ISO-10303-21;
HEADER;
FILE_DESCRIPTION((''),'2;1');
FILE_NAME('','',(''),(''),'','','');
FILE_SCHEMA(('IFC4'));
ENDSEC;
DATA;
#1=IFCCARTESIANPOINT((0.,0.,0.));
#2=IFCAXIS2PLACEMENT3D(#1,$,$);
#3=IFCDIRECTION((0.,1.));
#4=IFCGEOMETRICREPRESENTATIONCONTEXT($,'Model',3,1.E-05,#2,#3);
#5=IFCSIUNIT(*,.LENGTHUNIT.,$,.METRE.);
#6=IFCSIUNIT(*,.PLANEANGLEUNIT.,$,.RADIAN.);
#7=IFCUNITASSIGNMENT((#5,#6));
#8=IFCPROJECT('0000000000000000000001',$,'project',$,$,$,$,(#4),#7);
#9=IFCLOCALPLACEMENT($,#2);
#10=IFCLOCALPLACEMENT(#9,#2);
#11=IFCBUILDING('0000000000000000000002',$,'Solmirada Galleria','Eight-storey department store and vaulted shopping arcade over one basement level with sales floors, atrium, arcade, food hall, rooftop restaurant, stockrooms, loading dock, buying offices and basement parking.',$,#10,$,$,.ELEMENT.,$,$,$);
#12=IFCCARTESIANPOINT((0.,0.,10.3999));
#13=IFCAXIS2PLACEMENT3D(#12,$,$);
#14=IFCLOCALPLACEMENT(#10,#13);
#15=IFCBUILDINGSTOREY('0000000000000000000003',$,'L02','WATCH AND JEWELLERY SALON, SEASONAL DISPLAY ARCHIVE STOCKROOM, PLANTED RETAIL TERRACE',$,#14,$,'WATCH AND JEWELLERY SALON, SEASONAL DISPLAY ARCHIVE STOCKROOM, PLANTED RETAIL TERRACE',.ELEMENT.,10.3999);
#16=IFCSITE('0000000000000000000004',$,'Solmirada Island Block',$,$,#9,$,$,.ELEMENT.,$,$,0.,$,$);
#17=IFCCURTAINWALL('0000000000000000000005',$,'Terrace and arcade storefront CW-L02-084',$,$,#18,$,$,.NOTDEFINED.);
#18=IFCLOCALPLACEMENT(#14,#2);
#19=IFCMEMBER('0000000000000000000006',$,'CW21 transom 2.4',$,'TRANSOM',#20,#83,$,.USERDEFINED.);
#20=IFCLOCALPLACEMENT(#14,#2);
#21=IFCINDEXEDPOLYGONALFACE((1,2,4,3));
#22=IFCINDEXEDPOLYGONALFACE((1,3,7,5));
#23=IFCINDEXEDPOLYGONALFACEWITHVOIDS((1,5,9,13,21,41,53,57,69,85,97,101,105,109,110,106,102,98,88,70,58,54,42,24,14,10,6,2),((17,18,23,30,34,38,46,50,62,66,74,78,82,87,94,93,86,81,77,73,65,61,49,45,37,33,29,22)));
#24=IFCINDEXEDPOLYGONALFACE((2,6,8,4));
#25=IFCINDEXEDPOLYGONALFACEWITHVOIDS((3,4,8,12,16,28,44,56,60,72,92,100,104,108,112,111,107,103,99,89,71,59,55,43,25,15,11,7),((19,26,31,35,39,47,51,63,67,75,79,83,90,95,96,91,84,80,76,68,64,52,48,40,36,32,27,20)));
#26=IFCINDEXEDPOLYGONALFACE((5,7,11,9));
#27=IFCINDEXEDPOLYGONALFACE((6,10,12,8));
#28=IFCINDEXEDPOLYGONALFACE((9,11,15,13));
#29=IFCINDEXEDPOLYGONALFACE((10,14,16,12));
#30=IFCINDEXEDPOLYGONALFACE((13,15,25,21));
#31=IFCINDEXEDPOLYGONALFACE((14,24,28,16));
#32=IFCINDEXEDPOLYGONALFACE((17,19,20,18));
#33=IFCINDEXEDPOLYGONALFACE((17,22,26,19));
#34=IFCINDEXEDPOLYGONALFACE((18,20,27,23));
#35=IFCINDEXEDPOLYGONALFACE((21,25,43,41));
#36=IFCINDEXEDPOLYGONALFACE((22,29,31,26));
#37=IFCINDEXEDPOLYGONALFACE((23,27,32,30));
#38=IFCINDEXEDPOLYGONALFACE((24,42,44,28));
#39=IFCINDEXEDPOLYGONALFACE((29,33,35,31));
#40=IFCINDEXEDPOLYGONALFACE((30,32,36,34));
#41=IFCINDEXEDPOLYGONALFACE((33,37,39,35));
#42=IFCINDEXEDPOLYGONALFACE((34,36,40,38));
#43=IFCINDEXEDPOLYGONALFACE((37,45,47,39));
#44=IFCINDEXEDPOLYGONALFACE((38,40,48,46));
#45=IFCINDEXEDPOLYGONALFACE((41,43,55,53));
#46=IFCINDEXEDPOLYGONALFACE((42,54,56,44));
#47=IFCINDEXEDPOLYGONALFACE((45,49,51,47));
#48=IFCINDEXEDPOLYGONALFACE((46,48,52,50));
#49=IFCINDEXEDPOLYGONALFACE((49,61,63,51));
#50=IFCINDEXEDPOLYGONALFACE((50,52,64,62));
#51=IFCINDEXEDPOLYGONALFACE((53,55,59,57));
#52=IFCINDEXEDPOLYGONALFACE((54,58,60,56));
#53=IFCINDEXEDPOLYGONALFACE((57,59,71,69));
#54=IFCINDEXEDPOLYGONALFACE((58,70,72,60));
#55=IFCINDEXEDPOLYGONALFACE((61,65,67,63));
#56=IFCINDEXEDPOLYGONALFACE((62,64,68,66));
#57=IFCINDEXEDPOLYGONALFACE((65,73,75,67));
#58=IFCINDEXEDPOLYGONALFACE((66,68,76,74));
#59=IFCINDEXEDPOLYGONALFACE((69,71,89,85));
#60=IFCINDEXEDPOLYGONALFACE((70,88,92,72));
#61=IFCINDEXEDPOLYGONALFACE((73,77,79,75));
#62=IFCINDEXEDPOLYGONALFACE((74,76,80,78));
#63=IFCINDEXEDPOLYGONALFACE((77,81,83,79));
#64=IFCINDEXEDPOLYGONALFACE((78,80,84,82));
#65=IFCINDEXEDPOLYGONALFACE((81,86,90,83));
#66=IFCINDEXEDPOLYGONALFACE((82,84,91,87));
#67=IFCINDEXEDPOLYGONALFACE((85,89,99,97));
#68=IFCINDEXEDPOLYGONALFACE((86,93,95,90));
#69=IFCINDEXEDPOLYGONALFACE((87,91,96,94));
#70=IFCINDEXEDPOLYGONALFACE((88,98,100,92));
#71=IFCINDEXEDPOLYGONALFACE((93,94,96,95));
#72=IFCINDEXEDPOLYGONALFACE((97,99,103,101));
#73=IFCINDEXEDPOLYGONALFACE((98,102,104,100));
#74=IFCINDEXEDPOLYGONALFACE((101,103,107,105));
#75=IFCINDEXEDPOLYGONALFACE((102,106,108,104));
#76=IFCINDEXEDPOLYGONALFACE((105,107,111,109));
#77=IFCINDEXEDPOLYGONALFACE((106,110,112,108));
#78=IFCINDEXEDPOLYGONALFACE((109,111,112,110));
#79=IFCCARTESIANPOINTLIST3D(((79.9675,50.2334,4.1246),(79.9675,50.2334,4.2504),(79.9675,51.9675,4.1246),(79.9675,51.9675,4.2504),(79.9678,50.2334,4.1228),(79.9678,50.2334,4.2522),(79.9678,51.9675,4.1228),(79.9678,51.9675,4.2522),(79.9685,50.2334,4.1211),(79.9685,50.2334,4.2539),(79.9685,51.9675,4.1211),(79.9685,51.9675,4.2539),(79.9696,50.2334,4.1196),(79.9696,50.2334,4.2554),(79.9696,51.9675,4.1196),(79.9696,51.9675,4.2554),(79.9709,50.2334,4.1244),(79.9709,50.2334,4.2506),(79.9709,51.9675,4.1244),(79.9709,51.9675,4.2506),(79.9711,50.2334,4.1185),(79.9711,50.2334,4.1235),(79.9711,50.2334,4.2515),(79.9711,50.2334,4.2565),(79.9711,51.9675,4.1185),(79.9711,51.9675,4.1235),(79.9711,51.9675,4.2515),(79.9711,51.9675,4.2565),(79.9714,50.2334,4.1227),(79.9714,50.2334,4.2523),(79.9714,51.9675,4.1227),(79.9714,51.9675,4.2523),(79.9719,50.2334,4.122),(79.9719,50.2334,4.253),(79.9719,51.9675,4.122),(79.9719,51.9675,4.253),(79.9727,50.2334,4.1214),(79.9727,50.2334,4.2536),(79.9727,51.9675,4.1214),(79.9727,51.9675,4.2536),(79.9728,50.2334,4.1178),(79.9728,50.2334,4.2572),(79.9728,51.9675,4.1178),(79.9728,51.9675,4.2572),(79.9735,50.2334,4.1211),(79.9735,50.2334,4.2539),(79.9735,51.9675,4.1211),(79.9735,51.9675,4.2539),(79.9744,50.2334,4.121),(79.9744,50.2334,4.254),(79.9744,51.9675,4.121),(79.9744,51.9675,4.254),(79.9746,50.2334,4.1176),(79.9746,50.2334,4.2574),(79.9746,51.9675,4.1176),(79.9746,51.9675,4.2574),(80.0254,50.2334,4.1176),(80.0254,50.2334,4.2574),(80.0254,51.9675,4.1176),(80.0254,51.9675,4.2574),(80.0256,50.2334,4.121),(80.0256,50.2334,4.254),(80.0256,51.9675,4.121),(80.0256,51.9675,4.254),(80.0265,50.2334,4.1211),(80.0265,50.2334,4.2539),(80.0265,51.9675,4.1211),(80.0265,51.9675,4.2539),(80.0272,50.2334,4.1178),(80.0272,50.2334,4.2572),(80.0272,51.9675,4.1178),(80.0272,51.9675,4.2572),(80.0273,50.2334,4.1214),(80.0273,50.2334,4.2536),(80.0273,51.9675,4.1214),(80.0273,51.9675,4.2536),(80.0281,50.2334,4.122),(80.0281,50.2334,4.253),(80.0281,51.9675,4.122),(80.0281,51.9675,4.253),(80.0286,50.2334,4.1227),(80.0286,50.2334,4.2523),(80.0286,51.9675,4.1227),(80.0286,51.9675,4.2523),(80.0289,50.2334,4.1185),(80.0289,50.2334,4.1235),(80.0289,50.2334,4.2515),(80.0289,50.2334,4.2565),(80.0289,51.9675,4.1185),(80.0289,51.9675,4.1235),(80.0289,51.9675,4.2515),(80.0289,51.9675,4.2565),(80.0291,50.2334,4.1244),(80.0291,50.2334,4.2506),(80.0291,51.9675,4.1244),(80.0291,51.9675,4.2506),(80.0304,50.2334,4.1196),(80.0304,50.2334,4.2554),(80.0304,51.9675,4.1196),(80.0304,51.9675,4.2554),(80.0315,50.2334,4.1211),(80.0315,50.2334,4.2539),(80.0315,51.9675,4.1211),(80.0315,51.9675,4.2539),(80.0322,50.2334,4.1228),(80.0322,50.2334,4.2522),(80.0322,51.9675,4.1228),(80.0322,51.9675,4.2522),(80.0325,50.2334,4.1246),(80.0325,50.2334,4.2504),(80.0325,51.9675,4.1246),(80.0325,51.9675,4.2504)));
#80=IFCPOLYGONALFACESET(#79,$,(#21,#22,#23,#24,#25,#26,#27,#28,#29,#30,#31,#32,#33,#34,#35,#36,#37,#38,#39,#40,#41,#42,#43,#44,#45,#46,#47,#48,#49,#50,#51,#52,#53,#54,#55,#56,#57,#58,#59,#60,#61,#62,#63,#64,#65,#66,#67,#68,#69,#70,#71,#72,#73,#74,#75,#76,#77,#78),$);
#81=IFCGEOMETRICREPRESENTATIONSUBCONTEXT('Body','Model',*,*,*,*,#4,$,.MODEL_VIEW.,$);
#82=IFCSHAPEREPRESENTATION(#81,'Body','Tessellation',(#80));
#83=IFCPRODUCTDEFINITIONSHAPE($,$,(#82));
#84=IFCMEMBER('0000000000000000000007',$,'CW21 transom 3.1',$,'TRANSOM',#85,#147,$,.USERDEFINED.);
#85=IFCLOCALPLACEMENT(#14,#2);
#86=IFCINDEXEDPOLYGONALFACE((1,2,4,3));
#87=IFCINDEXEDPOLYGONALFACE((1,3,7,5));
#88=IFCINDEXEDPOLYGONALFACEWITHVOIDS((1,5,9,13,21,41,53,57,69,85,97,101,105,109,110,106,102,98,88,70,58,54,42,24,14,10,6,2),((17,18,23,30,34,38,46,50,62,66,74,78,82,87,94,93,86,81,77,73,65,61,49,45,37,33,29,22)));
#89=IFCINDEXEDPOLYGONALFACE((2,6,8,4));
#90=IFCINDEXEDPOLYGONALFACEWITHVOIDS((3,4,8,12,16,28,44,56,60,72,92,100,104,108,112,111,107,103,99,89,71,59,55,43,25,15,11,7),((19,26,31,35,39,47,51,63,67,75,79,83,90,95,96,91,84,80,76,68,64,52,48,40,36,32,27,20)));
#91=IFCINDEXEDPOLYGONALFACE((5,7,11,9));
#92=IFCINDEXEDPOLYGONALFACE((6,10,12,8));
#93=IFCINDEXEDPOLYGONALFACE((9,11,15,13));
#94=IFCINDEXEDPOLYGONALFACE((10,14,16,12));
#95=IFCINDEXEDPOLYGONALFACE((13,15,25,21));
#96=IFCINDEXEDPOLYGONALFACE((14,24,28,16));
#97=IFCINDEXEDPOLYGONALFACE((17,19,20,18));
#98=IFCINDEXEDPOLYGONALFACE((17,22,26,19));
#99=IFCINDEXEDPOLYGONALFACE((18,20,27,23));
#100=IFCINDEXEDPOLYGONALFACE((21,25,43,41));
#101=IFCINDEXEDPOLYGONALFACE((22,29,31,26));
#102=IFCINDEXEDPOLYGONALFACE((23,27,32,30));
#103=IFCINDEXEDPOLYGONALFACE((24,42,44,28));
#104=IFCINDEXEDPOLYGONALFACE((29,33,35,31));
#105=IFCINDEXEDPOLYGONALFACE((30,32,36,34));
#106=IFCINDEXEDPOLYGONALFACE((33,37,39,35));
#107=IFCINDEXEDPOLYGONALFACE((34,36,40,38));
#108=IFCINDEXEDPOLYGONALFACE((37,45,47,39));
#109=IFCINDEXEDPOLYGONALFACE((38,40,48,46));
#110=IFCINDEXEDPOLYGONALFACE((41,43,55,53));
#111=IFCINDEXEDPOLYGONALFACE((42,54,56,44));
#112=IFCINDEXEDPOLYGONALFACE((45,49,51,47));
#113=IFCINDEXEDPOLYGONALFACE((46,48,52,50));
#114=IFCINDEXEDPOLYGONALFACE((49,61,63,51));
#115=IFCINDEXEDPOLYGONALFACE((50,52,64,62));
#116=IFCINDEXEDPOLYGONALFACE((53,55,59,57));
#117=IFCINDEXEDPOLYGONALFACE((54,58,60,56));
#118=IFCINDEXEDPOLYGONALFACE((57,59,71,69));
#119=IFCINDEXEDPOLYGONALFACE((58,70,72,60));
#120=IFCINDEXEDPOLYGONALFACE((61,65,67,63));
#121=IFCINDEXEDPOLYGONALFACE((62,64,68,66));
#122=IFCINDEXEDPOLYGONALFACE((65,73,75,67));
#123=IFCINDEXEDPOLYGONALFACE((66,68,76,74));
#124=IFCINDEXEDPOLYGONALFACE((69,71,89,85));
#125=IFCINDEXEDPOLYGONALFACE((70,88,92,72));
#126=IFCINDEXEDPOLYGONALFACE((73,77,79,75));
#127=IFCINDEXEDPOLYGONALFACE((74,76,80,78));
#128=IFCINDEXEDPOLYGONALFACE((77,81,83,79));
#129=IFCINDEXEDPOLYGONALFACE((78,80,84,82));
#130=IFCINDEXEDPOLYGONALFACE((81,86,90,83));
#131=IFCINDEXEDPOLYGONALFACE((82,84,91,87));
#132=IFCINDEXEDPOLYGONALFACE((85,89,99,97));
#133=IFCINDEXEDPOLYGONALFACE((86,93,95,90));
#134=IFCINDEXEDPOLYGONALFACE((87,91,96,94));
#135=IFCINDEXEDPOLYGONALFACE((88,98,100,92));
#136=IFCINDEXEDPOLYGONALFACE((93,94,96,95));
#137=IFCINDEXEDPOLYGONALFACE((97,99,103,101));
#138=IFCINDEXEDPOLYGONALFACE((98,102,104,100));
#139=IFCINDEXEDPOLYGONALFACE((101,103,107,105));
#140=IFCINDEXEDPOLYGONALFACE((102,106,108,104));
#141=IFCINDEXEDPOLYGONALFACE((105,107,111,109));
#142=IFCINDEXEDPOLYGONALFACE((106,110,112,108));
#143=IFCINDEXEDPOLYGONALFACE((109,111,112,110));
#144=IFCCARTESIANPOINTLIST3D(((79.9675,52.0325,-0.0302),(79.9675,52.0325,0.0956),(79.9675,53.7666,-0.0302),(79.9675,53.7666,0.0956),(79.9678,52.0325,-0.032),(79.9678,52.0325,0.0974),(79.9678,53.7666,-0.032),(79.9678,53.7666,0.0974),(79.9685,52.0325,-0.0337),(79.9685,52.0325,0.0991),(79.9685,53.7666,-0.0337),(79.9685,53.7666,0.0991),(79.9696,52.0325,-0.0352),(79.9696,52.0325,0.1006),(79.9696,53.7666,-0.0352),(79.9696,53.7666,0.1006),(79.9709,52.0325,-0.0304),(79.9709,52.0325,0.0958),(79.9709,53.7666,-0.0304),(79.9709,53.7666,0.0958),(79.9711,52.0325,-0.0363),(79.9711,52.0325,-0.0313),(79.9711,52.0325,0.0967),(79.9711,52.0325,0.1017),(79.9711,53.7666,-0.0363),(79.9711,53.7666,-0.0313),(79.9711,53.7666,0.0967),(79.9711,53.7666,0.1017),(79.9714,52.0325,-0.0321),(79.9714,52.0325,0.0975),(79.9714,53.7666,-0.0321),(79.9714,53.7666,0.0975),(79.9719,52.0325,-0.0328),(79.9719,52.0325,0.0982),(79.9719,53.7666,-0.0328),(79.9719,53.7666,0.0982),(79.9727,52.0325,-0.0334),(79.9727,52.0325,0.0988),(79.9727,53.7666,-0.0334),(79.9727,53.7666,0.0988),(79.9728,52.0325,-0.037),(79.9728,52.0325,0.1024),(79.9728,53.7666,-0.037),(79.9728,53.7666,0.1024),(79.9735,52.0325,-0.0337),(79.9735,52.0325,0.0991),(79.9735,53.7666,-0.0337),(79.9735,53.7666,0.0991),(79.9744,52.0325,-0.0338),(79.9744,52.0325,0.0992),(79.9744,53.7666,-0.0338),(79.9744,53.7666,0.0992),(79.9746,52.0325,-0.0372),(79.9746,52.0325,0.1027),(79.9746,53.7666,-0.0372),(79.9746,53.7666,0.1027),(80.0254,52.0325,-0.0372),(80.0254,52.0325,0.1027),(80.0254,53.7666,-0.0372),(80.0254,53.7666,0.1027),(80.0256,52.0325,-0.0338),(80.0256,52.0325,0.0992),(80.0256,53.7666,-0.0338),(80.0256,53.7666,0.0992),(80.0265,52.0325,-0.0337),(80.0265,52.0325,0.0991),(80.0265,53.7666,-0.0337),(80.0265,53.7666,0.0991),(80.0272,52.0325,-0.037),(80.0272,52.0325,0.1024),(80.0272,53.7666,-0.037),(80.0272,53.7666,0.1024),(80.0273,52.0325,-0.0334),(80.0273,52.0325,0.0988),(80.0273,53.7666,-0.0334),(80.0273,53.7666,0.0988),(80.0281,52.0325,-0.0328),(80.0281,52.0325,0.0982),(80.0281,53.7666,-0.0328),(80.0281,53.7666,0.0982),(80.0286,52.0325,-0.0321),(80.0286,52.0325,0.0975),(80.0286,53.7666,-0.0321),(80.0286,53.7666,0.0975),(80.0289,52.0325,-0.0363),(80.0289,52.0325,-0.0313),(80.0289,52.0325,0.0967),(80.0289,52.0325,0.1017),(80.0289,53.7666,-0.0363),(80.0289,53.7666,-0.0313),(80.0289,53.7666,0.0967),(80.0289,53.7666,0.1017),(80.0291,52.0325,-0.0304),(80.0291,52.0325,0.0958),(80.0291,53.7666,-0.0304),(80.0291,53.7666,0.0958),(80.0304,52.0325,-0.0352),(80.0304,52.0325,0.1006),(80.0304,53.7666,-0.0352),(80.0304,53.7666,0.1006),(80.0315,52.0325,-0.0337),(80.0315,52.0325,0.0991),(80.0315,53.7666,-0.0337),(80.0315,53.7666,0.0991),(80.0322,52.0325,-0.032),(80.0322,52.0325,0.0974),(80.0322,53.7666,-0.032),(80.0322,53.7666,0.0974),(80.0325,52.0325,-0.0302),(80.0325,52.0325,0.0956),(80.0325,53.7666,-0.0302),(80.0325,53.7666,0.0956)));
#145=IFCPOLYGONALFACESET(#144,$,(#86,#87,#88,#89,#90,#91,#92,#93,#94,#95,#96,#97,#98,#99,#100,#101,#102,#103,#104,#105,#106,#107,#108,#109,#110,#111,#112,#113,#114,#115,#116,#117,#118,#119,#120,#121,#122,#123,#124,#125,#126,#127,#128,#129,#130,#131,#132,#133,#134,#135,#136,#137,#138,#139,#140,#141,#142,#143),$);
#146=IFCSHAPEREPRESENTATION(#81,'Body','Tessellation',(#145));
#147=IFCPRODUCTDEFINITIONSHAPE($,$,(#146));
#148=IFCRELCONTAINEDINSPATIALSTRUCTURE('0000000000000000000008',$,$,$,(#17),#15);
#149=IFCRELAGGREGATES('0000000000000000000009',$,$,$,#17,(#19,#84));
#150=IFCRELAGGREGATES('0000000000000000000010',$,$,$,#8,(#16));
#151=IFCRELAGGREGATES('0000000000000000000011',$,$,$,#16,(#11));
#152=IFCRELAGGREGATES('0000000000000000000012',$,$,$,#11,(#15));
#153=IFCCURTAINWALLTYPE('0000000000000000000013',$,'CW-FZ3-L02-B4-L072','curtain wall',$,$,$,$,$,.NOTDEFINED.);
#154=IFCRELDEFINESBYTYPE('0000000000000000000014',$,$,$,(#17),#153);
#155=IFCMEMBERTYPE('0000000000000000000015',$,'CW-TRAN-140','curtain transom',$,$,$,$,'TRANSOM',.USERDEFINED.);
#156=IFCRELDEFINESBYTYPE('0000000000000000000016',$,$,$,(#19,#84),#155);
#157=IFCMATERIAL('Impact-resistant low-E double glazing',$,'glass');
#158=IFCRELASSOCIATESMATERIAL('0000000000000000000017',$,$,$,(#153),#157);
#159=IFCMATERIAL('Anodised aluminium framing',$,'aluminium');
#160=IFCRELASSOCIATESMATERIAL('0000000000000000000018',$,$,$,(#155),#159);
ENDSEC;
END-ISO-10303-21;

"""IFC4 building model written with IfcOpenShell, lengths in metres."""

from ifc_helpers import new_model, si_unit, direction, frame, origin, origin_2d, place, context, subcontext, project, spatial, hollow_rectangle, extrude, material, material_profile, profile_set, type_object, element, aggregate, save


model = new_model("IFC4")

# Units and contexts
model_context = context("Model", 3, precision=1e-05, world=origin(), true_north=direction((0.0, 1.0)))
body_context = subcontext(model_context, "Body", "Model", "MODEL_VIEW")
ifc_project = project(units=[si_unit("LENGTHUNIT", "METRE"), si_unit("PLANEANGLEUNIT", "RADIAN")], contexts=[model_context])

# Site, building, storey
site_placement = place(None, origin())
site = spatial("IfcSite", under=ifc_project, at=site_placement, Name="Solmirada Island Block", CompositionType="ELEMENT", RefElevation=0.0)
building_placement = place(site_placement, origin())
building = spatial("IfcBuilding", under=site, at=building_placement, Name="Solmirada Galleria", Description="Eight-storey department store and vaulted shopping arcade over one basement level with sales floors, atrium, arcade, food hall, rooftop restaurant, stockrooms, loading dock, buying offices and basement parking.", CompositionType="ELEMENT")
storey_placement = place(building_placement, frame((0.0, 0.0, 10.3999)))
storey = spatial("IfcBuildingStorey", under=building, at=storey_placement, Name="L02", Description="WATCH AND JEWELLERY SALON, SEASONAL DISPLAY ARCHIVE STOCKROOM, PLANTED RETAIL TERRACE", LongName="WATCH AND JEWELLERY SALON, SEASONAL DISPLAY ARCHIVE STOCKROOM, PLANTED RETAIL TERRACE", CompositionType="ELEMENT", Elevation=10.3999)

# Curtain wall
ifc_material_1 = material(Name="Impact-resistant low-E double glazing", Category="glass")
curtain_wall_type_1 = type_object("IfcCurtainWallType", Name="CW-FZ3-L02-B4-L072", Description="curtain wall", PredefinedType="NOTDEFINED", material=ifc_material_1)
curtain_wall_1_placement = place(storey_placement, origin())
curtain_wall_1 = element("IfcCurtainWall", 1, at=curtain_wall_1_placement, inside=storey, type_object=curtain_wall_type_1, Name="Terrace and arcade storefront CW-L02-084", PredefinedType="NOTDEFINED")
ifc_material_2 = material(Name="Anodised aluminium framing", Category="aluminium")

# Members
ifc_material_profile_1 = material_profile(ifc_material_2, hollow_rectangle(XDim=0.0649, YDim=0.1399, WallThickness=0.0034, InnerFilletRadius=0.0034, OuterFilletRadius=0.0071, at=origin_2d()), Name="ALU-TRAN-140X65")
ifc_profile_set_1 = profile_set([ifc_material_profile_1], Name="Anodised aluminium framing")
member_type_1 = type_object("IfcMemberType", Name="CW-TRAN-140", Description="curtain transom", ElementType="TRANSOM", PredefinedType="USERDEFINED", material=ifc_profile_set_1)
member_1_placement = place(storey_placement, frame((80.0, 50.2334, 4.1875), z_axis=(0.0, 1.0, 0.0), x_axis=(-1.0, 0.0, 0.0)))
member_1 = element("IfcMember", 2, at=member_1_placement, type_object=member_type_1, Name="CW21 transom 2.4", ObjectType="TRANSOM", PredefinedType="USERDEFINED", context=body_context, shape_type="SweptSolid", body=[
    extrude(hollow_rectangle(XDim=0.0649, YDim=0.1399, WallThickness=0.0034, InnerFilletRadius=0.0034, OuterFilletRadius=0.0071, at=origin_2d()), origin(), (0.0, 0.0, 1.0), 1.7341),
])
member_2_placement = place(storey_placement, frame((80.0, 52.0325, 0.0327), z_axis=(0.0, 1.0, 0.0), x_axis=(-1.0, 0.0, 0.0)))
member_2 = element("IfcMember", 3, at=member_2_placement, type_object=member_type_1, Name="CW21 transom 3.1", ObjectType="TRANSOM", PredefinedType="USERDEFINED", context=body_context, shape_type="SweptSolid", body=[
    extrude(hollow_rectangle(XDim=0.0649, YDim=0.1399, WallThickness=0.0034, InnerFilletRadius=0.0034, OuterFilletRadius=0.0071, at=origin_2d()), origin(), (0.0, 0.0, 1.0), 1.7341),
])

aggregate(curtain_wall_1, [member_1, member_2])

save(model, "model.ifc")
